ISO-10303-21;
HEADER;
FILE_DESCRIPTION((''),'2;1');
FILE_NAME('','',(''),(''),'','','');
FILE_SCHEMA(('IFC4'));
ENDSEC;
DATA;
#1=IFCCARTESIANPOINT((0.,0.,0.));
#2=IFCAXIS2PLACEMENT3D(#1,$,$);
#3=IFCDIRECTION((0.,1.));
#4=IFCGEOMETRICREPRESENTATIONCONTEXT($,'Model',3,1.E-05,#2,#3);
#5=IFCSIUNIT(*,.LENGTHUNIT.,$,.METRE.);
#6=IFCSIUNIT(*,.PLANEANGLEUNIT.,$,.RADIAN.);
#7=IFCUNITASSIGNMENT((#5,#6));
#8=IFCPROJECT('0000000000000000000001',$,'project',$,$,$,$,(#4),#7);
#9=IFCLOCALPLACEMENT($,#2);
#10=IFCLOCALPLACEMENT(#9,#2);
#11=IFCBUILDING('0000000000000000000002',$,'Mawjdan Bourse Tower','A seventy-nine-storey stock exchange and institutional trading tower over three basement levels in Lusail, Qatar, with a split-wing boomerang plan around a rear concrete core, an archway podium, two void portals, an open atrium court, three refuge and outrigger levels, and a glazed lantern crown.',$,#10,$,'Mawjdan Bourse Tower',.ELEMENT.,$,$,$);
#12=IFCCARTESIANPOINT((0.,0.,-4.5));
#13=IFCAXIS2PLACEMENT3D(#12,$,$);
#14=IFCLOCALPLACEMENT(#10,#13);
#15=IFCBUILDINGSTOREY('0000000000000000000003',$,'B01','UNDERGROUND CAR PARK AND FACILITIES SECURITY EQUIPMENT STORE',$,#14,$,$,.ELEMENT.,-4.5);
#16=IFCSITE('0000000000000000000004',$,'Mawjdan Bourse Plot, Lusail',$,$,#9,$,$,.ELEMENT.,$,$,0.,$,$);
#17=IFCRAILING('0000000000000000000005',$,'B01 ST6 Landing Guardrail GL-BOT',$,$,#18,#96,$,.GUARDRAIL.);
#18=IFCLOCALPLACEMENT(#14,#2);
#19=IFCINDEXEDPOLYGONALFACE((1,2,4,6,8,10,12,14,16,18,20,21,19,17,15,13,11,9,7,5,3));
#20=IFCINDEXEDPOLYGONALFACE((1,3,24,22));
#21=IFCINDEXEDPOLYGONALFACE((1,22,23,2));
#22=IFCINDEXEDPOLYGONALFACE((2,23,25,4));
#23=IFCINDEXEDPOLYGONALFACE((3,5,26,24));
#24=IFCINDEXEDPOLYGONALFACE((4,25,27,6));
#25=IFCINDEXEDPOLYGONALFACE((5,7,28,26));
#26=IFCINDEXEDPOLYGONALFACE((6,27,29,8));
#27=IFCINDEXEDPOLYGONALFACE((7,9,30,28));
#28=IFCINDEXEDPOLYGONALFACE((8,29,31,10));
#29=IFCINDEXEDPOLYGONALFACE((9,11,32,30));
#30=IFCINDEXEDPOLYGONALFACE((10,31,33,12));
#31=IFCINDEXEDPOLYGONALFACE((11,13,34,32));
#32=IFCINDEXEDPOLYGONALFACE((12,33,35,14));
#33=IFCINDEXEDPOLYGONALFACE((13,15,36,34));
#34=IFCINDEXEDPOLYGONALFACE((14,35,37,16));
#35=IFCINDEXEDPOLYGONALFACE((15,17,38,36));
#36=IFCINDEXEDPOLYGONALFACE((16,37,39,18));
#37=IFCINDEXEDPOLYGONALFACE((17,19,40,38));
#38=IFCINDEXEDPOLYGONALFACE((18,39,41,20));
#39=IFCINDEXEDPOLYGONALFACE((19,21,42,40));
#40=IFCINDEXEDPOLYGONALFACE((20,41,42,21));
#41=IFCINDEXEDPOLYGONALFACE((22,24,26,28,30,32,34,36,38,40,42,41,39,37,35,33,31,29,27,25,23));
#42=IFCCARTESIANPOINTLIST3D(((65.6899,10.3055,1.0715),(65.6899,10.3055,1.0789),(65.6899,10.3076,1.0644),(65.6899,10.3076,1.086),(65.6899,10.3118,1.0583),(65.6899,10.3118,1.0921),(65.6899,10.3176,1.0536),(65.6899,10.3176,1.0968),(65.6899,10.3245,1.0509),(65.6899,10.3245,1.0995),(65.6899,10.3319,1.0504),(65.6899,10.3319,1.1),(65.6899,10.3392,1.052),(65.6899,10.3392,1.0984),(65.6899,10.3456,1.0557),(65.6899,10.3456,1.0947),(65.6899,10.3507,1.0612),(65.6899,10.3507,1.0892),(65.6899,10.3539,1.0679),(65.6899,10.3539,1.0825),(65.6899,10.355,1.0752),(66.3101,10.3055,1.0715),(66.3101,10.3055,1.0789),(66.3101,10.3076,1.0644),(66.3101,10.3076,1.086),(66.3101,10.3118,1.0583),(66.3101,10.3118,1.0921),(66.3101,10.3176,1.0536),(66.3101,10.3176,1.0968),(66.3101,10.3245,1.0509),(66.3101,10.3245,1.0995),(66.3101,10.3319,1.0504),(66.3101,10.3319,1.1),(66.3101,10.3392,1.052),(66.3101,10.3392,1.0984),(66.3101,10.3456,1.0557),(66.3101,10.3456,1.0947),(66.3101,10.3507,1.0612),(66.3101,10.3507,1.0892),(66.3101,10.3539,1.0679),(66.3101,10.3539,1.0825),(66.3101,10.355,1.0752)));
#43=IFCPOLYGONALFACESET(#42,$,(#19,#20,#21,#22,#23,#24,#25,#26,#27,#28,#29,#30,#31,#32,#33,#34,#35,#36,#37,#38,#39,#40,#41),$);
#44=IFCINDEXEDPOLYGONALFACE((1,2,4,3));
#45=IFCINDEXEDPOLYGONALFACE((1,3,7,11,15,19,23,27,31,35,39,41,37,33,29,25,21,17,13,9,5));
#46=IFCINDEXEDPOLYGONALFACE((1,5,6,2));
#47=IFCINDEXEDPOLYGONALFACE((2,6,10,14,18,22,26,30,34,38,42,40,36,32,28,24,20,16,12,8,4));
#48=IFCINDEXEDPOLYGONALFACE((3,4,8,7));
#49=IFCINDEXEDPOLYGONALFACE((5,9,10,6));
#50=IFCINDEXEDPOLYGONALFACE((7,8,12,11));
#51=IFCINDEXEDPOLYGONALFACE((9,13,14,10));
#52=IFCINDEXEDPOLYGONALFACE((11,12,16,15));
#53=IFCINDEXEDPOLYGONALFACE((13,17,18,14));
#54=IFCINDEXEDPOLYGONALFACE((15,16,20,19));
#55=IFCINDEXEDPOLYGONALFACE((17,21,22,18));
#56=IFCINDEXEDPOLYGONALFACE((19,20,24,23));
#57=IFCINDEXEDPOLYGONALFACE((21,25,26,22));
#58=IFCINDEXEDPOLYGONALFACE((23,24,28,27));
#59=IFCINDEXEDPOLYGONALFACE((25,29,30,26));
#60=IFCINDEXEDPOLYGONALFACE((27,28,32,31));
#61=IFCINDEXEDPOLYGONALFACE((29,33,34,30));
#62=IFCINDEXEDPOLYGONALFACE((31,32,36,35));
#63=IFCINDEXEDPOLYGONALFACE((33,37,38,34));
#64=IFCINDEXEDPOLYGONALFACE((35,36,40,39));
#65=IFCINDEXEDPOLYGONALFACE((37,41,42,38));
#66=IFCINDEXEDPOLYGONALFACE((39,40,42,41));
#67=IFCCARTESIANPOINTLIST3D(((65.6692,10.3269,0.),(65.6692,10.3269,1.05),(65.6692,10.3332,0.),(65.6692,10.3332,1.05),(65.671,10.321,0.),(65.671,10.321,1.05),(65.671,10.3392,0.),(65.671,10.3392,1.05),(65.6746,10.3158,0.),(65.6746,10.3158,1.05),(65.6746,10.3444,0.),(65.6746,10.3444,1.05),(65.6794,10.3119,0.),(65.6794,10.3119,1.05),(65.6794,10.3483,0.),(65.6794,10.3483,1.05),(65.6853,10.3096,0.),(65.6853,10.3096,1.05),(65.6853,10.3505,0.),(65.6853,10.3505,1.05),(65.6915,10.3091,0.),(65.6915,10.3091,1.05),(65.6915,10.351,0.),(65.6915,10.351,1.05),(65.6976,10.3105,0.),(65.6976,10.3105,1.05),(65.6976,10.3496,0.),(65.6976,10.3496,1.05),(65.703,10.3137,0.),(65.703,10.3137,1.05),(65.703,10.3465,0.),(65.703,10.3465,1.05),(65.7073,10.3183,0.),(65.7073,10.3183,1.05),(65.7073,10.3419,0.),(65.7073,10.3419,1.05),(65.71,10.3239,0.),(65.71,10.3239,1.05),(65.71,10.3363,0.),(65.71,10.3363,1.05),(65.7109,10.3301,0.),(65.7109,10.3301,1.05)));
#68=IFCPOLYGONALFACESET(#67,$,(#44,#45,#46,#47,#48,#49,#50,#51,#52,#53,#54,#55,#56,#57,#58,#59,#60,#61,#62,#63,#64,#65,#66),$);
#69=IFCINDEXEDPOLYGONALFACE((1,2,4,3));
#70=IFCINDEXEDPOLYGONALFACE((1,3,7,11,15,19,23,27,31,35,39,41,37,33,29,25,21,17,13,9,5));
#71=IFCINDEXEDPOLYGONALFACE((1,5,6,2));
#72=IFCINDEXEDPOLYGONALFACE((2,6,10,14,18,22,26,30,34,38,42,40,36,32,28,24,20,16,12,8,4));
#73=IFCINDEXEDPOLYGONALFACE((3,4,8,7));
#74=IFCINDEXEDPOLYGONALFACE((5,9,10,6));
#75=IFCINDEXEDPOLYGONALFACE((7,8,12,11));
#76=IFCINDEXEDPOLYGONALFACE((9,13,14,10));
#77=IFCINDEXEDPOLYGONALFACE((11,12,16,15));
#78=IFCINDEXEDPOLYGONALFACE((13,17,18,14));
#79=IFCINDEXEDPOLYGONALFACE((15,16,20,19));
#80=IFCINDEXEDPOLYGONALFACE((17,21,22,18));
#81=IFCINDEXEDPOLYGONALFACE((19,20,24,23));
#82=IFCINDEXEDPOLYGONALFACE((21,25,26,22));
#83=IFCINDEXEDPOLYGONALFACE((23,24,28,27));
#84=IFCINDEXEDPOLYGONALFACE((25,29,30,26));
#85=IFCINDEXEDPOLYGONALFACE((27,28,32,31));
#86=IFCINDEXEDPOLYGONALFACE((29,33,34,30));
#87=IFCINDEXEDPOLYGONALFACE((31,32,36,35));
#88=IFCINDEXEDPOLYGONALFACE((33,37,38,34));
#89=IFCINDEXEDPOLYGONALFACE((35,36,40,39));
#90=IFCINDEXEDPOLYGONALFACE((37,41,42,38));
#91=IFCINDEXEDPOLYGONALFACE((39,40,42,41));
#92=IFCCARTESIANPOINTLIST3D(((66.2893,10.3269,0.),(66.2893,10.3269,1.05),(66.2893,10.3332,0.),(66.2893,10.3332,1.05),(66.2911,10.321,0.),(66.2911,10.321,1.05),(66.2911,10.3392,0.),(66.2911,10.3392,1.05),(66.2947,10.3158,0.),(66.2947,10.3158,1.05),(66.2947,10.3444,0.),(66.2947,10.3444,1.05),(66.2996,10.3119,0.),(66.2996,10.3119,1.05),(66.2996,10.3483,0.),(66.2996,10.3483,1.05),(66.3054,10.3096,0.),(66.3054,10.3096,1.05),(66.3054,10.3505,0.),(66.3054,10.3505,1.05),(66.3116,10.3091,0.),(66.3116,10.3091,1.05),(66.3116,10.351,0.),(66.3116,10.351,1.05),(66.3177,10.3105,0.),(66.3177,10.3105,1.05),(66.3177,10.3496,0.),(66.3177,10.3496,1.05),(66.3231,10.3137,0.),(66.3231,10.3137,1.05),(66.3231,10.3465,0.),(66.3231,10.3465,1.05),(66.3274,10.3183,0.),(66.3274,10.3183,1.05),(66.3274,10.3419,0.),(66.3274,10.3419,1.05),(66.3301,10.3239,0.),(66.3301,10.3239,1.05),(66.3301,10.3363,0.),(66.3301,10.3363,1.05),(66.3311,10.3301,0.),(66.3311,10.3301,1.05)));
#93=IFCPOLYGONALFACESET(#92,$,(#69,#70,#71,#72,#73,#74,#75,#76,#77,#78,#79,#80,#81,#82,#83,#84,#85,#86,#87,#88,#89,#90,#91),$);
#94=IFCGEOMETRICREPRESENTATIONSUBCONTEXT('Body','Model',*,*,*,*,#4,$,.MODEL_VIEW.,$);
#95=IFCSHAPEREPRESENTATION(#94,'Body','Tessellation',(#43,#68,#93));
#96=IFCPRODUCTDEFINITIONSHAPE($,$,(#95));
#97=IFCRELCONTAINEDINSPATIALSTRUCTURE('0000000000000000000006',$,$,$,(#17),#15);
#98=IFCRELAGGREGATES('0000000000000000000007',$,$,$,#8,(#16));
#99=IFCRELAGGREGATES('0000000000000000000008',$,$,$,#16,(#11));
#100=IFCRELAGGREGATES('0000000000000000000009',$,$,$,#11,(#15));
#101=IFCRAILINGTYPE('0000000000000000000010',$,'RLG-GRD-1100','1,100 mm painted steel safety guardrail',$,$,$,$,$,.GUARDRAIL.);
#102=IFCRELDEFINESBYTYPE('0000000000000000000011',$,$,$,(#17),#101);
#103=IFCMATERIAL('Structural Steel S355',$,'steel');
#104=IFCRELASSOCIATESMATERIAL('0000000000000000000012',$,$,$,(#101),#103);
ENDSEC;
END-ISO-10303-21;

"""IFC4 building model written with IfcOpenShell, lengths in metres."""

from ifc_helpers import new_model, si_unit, direction, frame, origin, origin_2d, place, context, subcontext, project, spatial, circle, extrude, material, type_object, element, save


model = new_model("IFC4")

# Units and contexts
model_context = context("Model", 3, precision=1e-05, world=origin(), true_north=direction((0.0, 1.0)))
body_context = subcontext(model_context, "Body", "Model", "MODEL_VIEW")
ifc_project = project(units=[si_unit("LENGTHUNIT", "METRE"), si_unit("PLANEANGLEUNIT", "RADIAN")], contexts=[model_context])

# Site, building, storey
site_placement = place(None, origin())
site = spatial("IfcSite", under=ifc_project, at=site_placement, Name="Mawjdan Bourse Plot, Lusail", CompositionType="ELEMENT", RefElevation=0.0)
building_placement = place(site_placement, origin())
building = spatial("IfcBuilding", under=site, at=building_placement, Name="Mawjdan Bourse Tower", Description="A seventy-nine-storey stock exchange and institutional trading tower over three basement levels in Lusail, Qatar, with a split-wing boomerang plan around a rear concrete core, an archway podium, two void portals, an open atrium court, three refuge and outrigger levels, and a glazed lantern crown.", LongName="Mawjdan Bourse Tower", CompositionType="ELEMENT")
storey_placement = place(building_placement, frame((0.0, 0.0, -4.5)))
storey = spatial("IfcBuildingStorey", under=building, at=storey_placement, Name="B01", Description="UNDERGROUND CAR PARK AND FACILITIES SECURITY EQUIPMENT STORE", CompositionType="ELEMENT", Elevation=-4.5)

# Shared definitions
ifc_material_1 = material(Name="Structural Steel S355", Category="steel")

# Railing
railing_type_1 = type_object("IfcRailingType", Name="RLG-GRD-1100", Description="1,100 mm painted steel safety guardrail", PredefinedType="GUARDRAIL", material=ifc_material_1)
for number, where, name in (
    (1, (65.6899, 10.3301, 0.0), "B01 ST6 Landing Guardrail GL-BOT"),
):
    element("IfcRailing", number, at=place(storey_placement, frame(where)), inside=storey, type_object=railing_type_1, Name=name, PredefinedType="GUARDRAIL", context=body_context, shape_type="SweptSolid", body=[
        extrude(circle(Radius=0.0249, at=origin_2d()), frame((0.0, 0.0, 1.0752), z_axis=(1.0, 0.0, 0.0), x_axis=(0.0, 1.0, 0.0)), (0.0, 0.0, 1.0), 0.6201),
        extrude(circle(Radius=0.021, at=origin_2d()), origin(), (0.0, 0.0, 1.0), 1.05),
        extrude(circle(Radius=0.021, at=origin_2d()), frame((0.6201, 0.0, 0.0)), (0.0, 0.0, 1.0), 1.05),
    ])

save(model, "model.ifc")
